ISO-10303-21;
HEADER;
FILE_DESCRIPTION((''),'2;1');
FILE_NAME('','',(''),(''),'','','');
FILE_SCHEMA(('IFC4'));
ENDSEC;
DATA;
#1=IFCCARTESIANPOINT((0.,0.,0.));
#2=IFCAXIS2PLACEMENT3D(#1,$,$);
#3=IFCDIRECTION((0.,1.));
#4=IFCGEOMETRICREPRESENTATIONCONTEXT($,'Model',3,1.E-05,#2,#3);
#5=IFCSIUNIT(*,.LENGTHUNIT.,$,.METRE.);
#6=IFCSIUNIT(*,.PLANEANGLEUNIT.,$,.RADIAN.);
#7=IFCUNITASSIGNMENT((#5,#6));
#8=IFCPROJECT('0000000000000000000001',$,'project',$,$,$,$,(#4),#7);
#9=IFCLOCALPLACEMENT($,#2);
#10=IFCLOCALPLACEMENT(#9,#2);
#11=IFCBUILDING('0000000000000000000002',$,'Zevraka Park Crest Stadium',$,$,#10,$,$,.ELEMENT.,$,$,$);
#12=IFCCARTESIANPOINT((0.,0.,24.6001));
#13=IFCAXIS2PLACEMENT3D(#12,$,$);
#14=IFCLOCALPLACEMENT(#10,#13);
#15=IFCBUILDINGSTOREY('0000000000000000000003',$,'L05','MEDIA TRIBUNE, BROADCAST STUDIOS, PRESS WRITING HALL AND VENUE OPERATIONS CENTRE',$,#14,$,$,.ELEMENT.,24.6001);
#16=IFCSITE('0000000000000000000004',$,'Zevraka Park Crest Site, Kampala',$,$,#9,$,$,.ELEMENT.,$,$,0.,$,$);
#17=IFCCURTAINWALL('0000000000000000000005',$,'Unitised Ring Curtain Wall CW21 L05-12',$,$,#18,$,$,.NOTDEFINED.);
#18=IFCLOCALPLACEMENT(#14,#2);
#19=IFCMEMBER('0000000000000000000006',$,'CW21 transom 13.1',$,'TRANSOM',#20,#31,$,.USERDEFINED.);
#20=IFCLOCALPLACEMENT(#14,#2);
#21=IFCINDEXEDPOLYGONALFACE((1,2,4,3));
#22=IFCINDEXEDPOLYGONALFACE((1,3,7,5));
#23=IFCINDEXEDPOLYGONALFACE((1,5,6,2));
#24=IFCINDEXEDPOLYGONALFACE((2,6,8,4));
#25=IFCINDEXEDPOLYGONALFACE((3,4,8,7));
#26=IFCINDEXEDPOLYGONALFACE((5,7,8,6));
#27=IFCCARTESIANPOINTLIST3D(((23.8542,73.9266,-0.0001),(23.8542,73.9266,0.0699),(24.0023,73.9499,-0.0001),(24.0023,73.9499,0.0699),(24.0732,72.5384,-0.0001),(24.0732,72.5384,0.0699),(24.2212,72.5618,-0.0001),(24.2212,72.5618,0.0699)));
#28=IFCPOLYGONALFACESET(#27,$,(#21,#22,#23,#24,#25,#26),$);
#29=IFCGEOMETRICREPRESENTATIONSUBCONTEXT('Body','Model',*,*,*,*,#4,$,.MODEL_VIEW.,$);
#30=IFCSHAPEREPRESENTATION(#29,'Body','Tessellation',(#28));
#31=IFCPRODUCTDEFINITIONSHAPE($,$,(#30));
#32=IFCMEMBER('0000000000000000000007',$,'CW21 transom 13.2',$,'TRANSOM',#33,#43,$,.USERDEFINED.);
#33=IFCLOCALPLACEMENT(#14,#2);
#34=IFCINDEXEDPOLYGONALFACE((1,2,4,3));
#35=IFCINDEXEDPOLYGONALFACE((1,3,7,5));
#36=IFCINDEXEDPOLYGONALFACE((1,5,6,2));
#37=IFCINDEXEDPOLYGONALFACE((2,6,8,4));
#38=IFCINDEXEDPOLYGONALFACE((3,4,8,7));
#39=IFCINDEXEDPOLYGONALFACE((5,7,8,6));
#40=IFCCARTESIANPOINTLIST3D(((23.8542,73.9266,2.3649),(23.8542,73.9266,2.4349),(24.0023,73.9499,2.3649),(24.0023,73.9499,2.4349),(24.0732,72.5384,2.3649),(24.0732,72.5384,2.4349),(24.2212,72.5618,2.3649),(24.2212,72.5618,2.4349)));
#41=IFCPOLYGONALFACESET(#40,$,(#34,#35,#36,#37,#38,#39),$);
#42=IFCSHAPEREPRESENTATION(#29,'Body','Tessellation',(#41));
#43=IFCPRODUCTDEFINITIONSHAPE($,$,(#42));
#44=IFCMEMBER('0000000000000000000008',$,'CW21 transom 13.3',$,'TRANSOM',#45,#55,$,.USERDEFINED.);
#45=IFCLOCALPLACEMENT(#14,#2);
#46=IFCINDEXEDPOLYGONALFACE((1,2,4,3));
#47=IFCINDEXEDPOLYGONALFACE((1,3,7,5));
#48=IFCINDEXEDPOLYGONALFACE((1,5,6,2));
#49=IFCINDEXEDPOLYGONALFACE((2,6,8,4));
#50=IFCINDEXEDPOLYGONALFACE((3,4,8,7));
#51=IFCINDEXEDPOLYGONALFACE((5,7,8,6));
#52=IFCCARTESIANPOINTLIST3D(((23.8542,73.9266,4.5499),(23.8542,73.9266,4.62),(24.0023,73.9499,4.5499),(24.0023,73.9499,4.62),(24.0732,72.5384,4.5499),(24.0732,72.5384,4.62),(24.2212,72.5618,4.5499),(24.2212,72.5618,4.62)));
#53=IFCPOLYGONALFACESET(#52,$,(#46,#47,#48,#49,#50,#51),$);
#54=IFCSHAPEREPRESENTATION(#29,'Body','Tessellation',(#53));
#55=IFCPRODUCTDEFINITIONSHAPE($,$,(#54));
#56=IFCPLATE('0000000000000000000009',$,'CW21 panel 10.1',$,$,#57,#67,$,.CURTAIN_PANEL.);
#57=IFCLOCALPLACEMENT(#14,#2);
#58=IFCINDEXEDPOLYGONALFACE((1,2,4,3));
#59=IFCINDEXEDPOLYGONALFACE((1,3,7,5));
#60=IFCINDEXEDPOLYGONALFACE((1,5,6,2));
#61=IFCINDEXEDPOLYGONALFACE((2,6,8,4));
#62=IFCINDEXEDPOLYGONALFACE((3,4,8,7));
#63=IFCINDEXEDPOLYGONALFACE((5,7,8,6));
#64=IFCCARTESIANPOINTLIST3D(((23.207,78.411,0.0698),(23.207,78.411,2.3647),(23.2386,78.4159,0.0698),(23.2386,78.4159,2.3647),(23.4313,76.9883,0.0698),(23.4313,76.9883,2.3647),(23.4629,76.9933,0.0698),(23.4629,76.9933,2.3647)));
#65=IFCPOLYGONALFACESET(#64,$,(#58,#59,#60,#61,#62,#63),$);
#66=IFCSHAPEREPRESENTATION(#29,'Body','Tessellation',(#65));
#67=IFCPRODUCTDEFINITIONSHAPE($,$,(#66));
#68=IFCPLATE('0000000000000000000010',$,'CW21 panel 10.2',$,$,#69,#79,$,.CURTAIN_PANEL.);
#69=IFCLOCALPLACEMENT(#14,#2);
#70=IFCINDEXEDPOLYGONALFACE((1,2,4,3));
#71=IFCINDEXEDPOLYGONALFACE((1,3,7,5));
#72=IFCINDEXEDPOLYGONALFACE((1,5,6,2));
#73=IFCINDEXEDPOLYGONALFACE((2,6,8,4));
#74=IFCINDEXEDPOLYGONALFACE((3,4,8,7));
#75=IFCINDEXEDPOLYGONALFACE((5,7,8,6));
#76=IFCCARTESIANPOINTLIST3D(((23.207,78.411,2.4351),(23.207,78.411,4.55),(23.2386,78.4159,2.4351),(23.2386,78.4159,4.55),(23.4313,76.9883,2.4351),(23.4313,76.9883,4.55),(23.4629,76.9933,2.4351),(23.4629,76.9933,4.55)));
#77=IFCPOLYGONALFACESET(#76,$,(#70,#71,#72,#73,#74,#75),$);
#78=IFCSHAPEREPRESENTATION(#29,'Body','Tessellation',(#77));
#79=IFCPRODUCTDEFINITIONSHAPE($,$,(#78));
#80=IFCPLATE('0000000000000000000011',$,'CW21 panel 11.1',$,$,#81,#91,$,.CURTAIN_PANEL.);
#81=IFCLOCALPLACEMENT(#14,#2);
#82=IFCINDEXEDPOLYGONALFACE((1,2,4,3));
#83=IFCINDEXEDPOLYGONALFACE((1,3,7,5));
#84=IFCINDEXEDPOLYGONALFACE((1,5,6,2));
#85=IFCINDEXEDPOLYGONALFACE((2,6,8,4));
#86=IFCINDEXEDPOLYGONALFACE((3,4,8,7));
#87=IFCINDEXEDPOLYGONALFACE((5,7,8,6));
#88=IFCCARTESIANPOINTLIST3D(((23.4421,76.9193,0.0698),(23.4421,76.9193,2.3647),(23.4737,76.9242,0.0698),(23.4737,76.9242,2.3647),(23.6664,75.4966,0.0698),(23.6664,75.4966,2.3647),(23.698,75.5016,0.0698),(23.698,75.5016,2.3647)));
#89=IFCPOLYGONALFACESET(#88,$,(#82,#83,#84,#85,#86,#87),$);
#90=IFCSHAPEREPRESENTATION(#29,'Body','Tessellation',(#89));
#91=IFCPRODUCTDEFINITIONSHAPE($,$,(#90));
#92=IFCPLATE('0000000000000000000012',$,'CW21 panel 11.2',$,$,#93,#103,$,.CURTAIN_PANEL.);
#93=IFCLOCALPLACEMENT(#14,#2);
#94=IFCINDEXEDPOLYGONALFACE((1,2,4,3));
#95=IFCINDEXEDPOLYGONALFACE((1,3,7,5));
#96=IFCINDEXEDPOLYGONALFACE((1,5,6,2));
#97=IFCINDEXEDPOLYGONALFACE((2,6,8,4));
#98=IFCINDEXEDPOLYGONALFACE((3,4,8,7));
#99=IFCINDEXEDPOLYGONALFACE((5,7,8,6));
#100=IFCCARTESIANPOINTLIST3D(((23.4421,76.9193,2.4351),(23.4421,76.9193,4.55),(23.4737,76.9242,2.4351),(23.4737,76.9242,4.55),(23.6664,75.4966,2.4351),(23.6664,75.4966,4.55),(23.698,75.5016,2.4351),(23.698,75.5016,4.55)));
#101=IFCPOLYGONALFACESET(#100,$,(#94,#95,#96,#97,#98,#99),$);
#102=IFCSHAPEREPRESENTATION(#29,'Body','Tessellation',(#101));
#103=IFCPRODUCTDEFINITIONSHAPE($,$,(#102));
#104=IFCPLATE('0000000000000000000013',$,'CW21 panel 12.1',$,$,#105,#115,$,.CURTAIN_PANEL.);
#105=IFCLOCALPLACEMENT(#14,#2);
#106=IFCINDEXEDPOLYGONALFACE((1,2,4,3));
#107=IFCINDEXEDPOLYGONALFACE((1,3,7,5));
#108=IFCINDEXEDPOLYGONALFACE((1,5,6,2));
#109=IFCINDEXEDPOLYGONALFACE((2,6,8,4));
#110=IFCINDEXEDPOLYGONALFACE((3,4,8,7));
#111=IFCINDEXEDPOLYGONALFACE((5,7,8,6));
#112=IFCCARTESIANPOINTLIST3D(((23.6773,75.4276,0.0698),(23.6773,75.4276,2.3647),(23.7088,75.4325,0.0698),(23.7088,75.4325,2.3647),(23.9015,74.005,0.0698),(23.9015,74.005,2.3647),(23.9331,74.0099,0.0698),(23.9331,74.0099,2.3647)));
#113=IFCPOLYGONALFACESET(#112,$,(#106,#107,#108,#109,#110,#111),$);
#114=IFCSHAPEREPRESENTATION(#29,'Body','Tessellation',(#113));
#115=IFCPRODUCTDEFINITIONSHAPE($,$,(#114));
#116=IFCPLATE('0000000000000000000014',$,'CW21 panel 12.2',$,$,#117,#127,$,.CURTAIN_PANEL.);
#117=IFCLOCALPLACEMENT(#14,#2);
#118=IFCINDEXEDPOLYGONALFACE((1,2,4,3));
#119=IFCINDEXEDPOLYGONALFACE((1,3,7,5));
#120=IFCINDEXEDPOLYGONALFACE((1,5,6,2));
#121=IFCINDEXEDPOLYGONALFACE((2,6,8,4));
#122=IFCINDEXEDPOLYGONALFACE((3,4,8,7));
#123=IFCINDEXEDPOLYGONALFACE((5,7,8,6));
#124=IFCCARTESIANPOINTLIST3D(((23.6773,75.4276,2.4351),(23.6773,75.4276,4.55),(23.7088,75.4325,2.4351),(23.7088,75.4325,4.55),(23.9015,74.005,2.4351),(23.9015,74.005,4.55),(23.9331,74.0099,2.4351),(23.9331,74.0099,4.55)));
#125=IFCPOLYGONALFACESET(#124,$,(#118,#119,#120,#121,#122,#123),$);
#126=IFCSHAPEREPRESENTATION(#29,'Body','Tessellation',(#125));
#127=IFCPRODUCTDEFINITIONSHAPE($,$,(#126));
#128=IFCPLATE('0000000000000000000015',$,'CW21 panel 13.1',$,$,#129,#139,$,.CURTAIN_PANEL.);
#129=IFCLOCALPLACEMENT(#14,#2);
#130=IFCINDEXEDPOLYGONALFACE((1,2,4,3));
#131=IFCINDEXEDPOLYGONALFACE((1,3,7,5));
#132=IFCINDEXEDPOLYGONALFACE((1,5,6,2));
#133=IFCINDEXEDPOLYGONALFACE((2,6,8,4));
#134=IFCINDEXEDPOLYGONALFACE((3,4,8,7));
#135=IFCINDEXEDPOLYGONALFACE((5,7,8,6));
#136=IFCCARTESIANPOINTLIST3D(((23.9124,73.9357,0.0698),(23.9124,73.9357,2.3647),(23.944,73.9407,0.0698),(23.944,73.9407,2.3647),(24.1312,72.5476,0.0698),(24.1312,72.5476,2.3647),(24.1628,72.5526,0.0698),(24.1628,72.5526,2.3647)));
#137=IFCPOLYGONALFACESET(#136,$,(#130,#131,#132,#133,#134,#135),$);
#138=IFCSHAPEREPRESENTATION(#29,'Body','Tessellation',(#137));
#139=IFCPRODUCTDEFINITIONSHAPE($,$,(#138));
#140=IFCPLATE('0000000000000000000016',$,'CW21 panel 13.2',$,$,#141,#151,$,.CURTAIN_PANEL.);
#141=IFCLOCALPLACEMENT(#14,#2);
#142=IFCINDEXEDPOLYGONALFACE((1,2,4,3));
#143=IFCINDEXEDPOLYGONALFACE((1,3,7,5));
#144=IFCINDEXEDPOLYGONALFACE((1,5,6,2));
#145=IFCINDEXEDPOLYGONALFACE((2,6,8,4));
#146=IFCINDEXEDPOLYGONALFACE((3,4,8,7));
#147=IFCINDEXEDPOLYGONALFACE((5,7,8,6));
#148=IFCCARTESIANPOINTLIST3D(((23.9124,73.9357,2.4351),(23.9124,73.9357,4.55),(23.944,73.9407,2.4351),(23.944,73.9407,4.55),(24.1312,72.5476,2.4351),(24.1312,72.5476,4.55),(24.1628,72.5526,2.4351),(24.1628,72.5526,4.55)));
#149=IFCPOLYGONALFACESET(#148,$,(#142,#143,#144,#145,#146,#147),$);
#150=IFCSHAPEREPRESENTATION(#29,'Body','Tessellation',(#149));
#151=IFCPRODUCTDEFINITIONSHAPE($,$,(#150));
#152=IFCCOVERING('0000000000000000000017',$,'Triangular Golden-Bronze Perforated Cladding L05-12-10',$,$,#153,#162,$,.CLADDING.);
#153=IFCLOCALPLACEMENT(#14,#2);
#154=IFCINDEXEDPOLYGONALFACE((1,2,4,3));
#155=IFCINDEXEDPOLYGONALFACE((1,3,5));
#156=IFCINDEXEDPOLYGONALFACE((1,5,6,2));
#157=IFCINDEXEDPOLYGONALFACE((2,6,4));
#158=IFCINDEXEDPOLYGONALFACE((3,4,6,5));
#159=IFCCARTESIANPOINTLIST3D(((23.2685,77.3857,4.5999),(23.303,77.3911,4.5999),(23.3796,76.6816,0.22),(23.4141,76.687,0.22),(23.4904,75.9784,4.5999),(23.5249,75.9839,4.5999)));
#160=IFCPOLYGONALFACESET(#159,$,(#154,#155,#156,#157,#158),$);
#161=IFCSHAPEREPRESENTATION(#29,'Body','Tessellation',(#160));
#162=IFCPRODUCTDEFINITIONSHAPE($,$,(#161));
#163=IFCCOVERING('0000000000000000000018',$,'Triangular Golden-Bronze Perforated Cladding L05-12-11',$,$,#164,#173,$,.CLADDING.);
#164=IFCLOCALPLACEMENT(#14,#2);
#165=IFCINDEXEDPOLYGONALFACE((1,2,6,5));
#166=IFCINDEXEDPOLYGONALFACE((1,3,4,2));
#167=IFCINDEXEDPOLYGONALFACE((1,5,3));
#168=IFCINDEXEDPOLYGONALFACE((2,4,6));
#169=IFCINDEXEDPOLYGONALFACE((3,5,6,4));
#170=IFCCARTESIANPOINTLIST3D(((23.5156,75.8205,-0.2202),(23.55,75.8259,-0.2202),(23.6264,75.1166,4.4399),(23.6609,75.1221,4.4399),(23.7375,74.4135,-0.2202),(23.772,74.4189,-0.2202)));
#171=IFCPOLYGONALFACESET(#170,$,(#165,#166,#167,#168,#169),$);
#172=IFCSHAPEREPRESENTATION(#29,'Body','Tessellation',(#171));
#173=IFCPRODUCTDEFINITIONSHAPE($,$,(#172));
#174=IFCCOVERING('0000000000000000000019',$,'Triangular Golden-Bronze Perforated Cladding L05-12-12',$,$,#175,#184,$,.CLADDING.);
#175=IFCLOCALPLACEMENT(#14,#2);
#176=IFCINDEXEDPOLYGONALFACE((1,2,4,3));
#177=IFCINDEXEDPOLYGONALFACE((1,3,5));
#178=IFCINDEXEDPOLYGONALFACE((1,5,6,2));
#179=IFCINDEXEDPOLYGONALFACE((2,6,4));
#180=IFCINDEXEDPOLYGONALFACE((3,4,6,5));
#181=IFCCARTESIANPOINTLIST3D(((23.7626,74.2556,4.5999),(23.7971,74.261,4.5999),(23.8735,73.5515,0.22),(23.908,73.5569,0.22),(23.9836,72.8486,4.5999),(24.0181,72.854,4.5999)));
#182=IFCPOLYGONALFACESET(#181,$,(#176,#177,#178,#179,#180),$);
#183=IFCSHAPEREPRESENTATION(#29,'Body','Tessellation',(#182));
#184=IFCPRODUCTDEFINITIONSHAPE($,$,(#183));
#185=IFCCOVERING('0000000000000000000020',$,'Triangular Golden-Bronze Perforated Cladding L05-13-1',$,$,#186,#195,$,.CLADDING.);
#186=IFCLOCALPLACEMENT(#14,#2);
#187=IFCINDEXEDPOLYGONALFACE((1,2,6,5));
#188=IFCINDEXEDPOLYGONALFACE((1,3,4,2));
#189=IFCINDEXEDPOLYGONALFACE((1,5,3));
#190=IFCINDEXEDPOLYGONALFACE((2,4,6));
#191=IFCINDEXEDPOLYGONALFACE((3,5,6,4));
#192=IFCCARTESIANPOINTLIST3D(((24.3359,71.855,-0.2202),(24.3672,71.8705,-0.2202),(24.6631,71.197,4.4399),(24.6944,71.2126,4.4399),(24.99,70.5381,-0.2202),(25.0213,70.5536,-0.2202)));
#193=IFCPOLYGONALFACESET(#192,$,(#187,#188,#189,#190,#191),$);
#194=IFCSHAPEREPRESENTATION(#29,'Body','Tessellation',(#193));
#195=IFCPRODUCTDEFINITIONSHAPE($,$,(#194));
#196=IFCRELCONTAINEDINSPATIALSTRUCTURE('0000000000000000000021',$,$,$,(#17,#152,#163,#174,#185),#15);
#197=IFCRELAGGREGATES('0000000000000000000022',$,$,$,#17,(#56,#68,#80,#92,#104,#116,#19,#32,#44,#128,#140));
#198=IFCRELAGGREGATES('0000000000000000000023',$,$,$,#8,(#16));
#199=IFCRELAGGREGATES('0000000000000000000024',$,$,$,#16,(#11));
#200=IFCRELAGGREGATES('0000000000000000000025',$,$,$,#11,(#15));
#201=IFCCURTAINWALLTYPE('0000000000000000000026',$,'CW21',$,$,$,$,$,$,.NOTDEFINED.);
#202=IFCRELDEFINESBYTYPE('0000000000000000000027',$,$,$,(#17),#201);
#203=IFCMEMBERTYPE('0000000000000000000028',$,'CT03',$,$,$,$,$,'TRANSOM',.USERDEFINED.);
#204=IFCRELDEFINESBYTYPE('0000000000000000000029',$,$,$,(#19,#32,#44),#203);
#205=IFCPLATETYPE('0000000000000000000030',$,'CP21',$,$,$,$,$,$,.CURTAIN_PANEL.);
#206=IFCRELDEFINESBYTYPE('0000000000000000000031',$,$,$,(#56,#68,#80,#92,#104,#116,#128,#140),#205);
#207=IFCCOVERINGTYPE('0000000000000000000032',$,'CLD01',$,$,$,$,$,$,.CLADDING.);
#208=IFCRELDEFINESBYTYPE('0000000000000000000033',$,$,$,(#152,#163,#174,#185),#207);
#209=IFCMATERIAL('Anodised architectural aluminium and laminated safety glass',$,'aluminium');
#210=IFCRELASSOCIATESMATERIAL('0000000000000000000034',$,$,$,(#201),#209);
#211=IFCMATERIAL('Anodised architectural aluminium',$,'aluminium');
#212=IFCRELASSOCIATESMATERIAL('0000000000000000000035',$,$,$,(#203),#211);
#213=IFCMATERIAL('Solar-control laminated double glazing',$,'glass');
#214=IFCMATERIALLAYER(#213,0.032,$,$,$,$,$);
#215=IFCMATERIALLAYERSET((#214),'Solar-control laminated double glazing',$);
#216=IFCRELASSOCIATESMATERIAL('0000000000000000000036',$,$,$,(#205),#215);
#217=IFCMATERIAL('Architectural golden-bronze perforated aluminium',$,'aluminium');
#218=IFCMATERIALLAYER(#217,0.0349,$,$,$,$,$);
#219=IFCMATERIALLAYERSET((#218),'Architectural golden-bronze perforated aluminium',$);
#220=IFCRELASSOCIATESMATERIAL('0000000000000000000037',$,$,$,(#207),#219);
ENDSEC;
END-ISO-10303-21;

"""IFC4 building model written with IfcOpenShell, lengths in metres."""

from ifc_helpers import new_model, si_unit, direction, frame, origin, origin_2d, place, context, subcontext, project, spatial, polyline, rectangle, outline, extrude, material, layer, layer_set, material_profile, profile_set, type_object, element, aggregate, save


model = new_model("IFC4")

# Units and contexts
model_context = context("Model", 3, precision=1e-05, world=origin(), true_north=direction((0.0, 1.0)))
body_context = subcontext(model_context, "Body", "Model", "MODEL_VIEW")
ifc_project = project(units=[si_unit("LENGTHUNIT", "METRE"), si_unit("PLANEANGLEUNIT", "RADIAN")], contexts=[model_context])

# Site, building, storey
site_placement = place(None, origin())
site = spatial("IfcSite", under=ifc_project, at=site_placement, Name="Zevraka Park Crest Site, Kampala", CompositionType="ELEMENT", RefElevation=0.0)
building_placement = place(site_placement, origin())
building = spatial("IfcBuilding", under=site, at=building_placement, Name="Zevraka Park Crest Stadium", CompositionType="ELEMENT")
storey_placement = place(building_placement, frame((0.0, 0.0, 24.6001)))
storey = spatial("IfcBuildingStorey", under=building, at=storey_placement, Name="L05", Description="MEDIA TRIBUNE, BROADCAST STUDIOS, PRESS WRITING HALL AND VENUE OPERATIONS CENTRE", CompositionType="ELEMENT", Elevation=24.6001)

# Curtain wall
ifc_material_1 = material(Name="Anodised architectural aluminium and laminated safety glass", Category="aluminium")
curtain_wall_type_1 = type_object("IfcCurtainWallType", Name="CW21", PredefinedType="NOTDEFINED", material=ifc_material_1)
curtain_wall_1_placement = place(storey_placement, origin())
curtain_wall_1 = element("IfcCurtainWall", 1, at=curtain_wall_1_placement, inside=storey, type_object=curtain_wall_type_1, Name="Unitised Ring Curtain Wall CW21 L05-12", PredefinedType="NOTDEFINED")

# Members
ifc_material_2 = material(Name="Anodised architectural aluminium", Category="aluminium")
ifc_material_profile_1 = material_profile(ifc_material_2, rectangle(XDim=0.1499, YDim=0.0701, at=origin_2d()), Name="ALU TRANSOM 150x70")
ifc_profile_set_1 = profile_set([ifc_material_profile_1], Name="Anodised architectural aluminium")
member_type_1 = type_object("IfcMemberType", Name="CT03", ElementType="TRANSOM", PredefinedType="USERDEFINED", material=ifc_profile_set_1)
member_1_placement = place(storey_placement, frame((23.9282, 73.9382, 0.0349), z_axis=(0.155829, -0.987784, 0.0), x_axis=(0.987784, 0.155829, 0.0)))
member_1 = element("IfcMember", 2, at=member_1_placement, type_object=member_type_1, Name="CW21 transom 13.1", ObjectType="TRANSOM", PredefinedType="USERDEFINED", context=body_context, shape_type="SweptSolid", body=[
    extrude(rectangle(XDim=0.1499, YDim=0.0701, at=origin_2d()), origin(), (0.0, 0.0, 1.0), 1.4053),
])
member_2_placement = place(storey_placement, frame((23.9282, 73.9382, 2.3999), z_axis=(0.155829, -0.987784, 0.0), x_axis=(0.987784, 0.155829, 0.0)))
member_2 = element("IfcMember", 3, at=member_2_placement, type_object=member_type_1, Name="CW21 transom 13.2", ObjectType="TRANSOM", PredefinedType="USERDEFINED", context=body_context, shape_type="SweptSolid", body=[
    extrude(rectangle(XDim=0.1499, YDim=0.0701, at=origin_2d()), origin(), (0.0, 0.0, 1.0), 1.4053),
])
member_3_placement = place(storey_placement, frame((23.9282, 73.9382, 4.585), z_axis=(0.155829, -0.987784, 0.0), x_axis=(0.987784, 0.155829, 0.0)))
member_3 = element("IfcMember", 4, at=member_3_placement, type_object=member_type_1, Name="CW21 transom 13.3", ObjectType="TRANSOM", PredefinedType="USERDEFINED", context=body_context, shape_type="SweptSolid", body=[
    extrude(rectangle(XDim=0.1499, YDim=0.0701, at=origin_2d()), origin(), (0.0, 0.0, 1.0), 1.4053),
])

# Plates
ifc_material_3 = material(Name="Solar-control laminated double glazing", Category="glass")
ifc_layer_1 = layer(ifc_material_3, 0.032)
ifc_layer_set_1 = layer_set([ifc_layer_1], Name="Solar-control laminated double glazing")
plate_type = type_object("IfcPlateType", Name="CP21", PredefinedType="CURTAIN_PANEL", material=ifc_layer_set_1)
plate_1_placement = place(storey_placement, frame((23.335, 77.7021, 0.0698), z_axis=(0.0, 0.0, 1.0), x_axis=(0.155711, -0.987803, 0.0)))
plate_1 = element("IfcPlate", 5, at=plate_1_placement, type_object=plate_type, Name="CW21 panel 10.1", PredefinedType="CURTAIN_PANEL", context=body_context, shape_type="SweptSolid", body=[
    extrude(rectangle(XDim=1.4402, YDim=0.032, at=origin_2d()), origin(), (0.0, 0.0, 1.0), 2.2949),
])
plate_2_placement = place(storey_placement, frame((23.335, 77.7021, 2.4351), z_axis=(0.0, 0.0, 1.0), x_axis=(0.155711, -0.987803, 0.0)))
plate_2 = element("IfcPlate", 6, at=plate_2_placement, type_object=plate_type, Name="CW21 panel 10.2", PredefinedType="CURTAIN_PANEL", context=body_context, shape_type="SweptSolid", body=[
    extrude(rectangle(XDim=1.4402, YDim=0.032, at=origin_2d()), origin(), (0.0, 0.0, 1.0), 2.115),
])
plate_3_placement = place(storey_placement, frame((23.5701, 76.2104, 0.0698), z_axis=(0.0, 0.0, 1.0), x_axis=(0.155711, -0.987803, 0.0)))
plate_3 = element("IfcPlate", 7, at=plate_3_placement, type_object=plate_type, Name="CW21 panel 11.1", PredefinedType="CURTAIN_PANEL", context=body_context, shape_type="SweptSolid", body=[
    extrude(rectangle(XDim=1.4402, YDim=0.032, at=origin_2d()), origin(), (0.0, 0.0, 1.0), 2.2949),
])
plate_4_placement = place(storey_placement, frame((23.5701, 76.2104, 2.4351), z_axis=(0.0, 0.0, 1.0), x_axis=(0.155711, -0.987803, 0.0)))
plate_4 = element("IfcPlate", 8, at=plate_4_placement, type_object=plate_type, Name="CW21 panel 11.2", PredefinedType="CURTAIN_PANEL", context=body_context, shape_type="SweptSolid", body=[
    extrude(rectangle(XDim=1.4402, YDim=0.032, at=origin_2d()), origin(), (0.0, 0.0, 1.0), 2.115),
])
plate_5_placement = place(storey_placement, frame((23.8052, 74.7188, 0.0698), z_axis=(0.0, 0.0, 1.0), x_axis=(0.155711, -0.987803, 0.0)))
plate_5 = element("IfcPlate", 9, at=plate_5_placement, type_object=plate_type, Name="CW21 panel 12.1", PredefinedType="CURTAIN_PANEL", context=body_context, shape_type="SweptSolid", body=[
    extrude(rectangle(XDim=1.4402, YDim=0.032, at=origin_2d()), origin(), (0.0, 0.0, 1.0), 2.2949),
])
plate_6_placement = place(storey_placement, frame((23.8052, 74.7188, 2.4351), z_axis=(0.0, 0.0, 1.0), x_axis=(0.155711, -0.987803, 0.0)))
plate_6 = element("IfcPlate", 10, at=plate_6_placement, type_object=plate_type, Name="CW21 panel 12.2", PredefinedType="CURTAIN_PANEL", context=body_context, shape_type="SweptSolid", body=[
    extrude(rectangle(XDim=1.4402, YDim=0.032, at=origin_2d()), origin(), (0.0, 0.0, 1.0), 2.115),
])
plate_7_placement = place(storey_placement, frame((24.0376, 73.2441, 0.0698), z_axis=(0.0, 0.0, 1.0), x_axis=(0.155711, -0.987803, 0.0)))
plate_7 = element("IfcPlate", 11, at=plate_7_placement, type_object=plate_type, Name="CW21 panel 13.1", PredefinedType="CURTAIN_PANEL", context=body_context, shape_type="SweptSolid", body=[
    extrude(rectangle(XDim=1.4053, YDim=0.032, at=origin_2d()), origin(), (0.0, 0.0, 1.0), 2.2949),
])
plate_8_placement = place(storey_placement, frame((24.0376, 73.2441, 2.4351), z_axis=(0.0, 0.0, 1.0), x_axis=(0.155711, -0.987803, 0.0)))
plate_8 = element("IfcPlate", 12, at=plate_8_placement, type_object=plate_type, Name="CW21 panel 13.2", PredefinedType="CURTAIN_PANEL", context=body_context, shape_type="SweptSolid", body=[
    extrude(rectangle(XDim=1.4053, YDim=0.032, at=origin_2d()), origin(), (0.0, 0.0, 1.0), 2.115),
])
aggregate(curtain_wall_1, [plate_1, plate_2, plate_3, plate_4, plate_5, plate_6, member_1, member_2, member_3, plate_7, plate_8])

# Coverings
ifc_material_4 = material(Name="Architectural golden-bronze perforated aluminium", Category="aluminium")
ifc_layer_2 = layer(ifc_material_4, 0.0349)
ifc_layer_set_2 = layer_set([ifc_layer_2], Name="Architectural golden-bronze perforated aluminium")
covering_type = type_object("IfcCoveringType", Name="CLD01", PredefinedType="CLADDING", material=ifc_layer_set_2)
covering_1_placement = place(storey_placement, frame((23.5249, 75.9839, 4.5999), z_axis=(0.987792, 0.155778, 0.00001), x_axis=(-0.155778, 0.987792, 0.0)))
element("IfcCovering", 13, at=covering_1_placement, inside=storey, type_object=covering_type, Name="Triangular Golden-Bronze Perforated Cladding L05-12-10", PredefinedType="CLADDING", context=body_context, shape_type="SweptSolid", body=[
    extrude(outline(polyline([(0.0, 0.0), (1.4246, 0.0), (0.7118, -4.3799), (0.0, 0.0)])), origin(), (0.0, 0.0, -1.0), 0.0349),
])
covering_2_placement = place(storey_placement, frame((23.55, 75.8259, -0.2202), z_axis=(0.987788, 0.155804, 0.000038), x_axis=(0.155804, -0.987788, 0.0)))
element("IfcCovering", 14, at=covering_2_placement, inside=storey, type_object=covering_type, Name="Triangular Golden-Bronze Perforated Cladding L05-12-11", PredefinedType="CLADDING", context=body_context, shape_type="SweptSolid", body=[
    extrude(outline(polyline([(0.0, 0.0), (1.4244, 0.0), (0.7125, -4.6602), (0.0, 0.0)])), origin(), (0.0, 0.0, -1.0), 0.0349),
])
covering_3_placement = place(storey_placement, frame((24.0181, 72.854, 4.5999), z_axis=(0.987893, 0.155135, 0.000061), x_axis=(-0.155135, 0.987893, 0.0)))
element("IfcCovering", 15, at=covering_3_placement, inside=storey, type_object=covering_type, Name="Triangular Golden-Bronze Perforated Cladding L05-12-12", PredefinedType="CLADDING", context=body_context, shape_type="SweptSolid", body=[
    extrude(outline(polyline([(0.0, 0.0), (1.4242, 0.0), (0.7115, -4.3799), (0.0, 0.0)])), origin(), (0.0, 0.0, -1.0), 0.0349),
])
covering_4_placement = place(storey_placement, frame((24.3359, 71.855, -0.2202), z_axis=(-0.895619, -0.444821, 0.00007), x_axis=(0.444821, -0.895619, 0.0)))
element("IfcCovering", 16, at=covering_4_placement, inside=storey, type_object=covering_type, Name="Triangular Golden-Bronze Perforated Cladding L05-13-1", PredefinedType="CLADDING", context=body_context, shape_type="SweptSolid", body=[
    extrude(outline(polyline([(0.0, 0.0), (1.4704, 0.0), (0.7348, 4.6602), (0.0, 0.0)])), origin(), (0.0, 0.0, -1.0), 0.0349),
])

save(model, "model.ifc")
